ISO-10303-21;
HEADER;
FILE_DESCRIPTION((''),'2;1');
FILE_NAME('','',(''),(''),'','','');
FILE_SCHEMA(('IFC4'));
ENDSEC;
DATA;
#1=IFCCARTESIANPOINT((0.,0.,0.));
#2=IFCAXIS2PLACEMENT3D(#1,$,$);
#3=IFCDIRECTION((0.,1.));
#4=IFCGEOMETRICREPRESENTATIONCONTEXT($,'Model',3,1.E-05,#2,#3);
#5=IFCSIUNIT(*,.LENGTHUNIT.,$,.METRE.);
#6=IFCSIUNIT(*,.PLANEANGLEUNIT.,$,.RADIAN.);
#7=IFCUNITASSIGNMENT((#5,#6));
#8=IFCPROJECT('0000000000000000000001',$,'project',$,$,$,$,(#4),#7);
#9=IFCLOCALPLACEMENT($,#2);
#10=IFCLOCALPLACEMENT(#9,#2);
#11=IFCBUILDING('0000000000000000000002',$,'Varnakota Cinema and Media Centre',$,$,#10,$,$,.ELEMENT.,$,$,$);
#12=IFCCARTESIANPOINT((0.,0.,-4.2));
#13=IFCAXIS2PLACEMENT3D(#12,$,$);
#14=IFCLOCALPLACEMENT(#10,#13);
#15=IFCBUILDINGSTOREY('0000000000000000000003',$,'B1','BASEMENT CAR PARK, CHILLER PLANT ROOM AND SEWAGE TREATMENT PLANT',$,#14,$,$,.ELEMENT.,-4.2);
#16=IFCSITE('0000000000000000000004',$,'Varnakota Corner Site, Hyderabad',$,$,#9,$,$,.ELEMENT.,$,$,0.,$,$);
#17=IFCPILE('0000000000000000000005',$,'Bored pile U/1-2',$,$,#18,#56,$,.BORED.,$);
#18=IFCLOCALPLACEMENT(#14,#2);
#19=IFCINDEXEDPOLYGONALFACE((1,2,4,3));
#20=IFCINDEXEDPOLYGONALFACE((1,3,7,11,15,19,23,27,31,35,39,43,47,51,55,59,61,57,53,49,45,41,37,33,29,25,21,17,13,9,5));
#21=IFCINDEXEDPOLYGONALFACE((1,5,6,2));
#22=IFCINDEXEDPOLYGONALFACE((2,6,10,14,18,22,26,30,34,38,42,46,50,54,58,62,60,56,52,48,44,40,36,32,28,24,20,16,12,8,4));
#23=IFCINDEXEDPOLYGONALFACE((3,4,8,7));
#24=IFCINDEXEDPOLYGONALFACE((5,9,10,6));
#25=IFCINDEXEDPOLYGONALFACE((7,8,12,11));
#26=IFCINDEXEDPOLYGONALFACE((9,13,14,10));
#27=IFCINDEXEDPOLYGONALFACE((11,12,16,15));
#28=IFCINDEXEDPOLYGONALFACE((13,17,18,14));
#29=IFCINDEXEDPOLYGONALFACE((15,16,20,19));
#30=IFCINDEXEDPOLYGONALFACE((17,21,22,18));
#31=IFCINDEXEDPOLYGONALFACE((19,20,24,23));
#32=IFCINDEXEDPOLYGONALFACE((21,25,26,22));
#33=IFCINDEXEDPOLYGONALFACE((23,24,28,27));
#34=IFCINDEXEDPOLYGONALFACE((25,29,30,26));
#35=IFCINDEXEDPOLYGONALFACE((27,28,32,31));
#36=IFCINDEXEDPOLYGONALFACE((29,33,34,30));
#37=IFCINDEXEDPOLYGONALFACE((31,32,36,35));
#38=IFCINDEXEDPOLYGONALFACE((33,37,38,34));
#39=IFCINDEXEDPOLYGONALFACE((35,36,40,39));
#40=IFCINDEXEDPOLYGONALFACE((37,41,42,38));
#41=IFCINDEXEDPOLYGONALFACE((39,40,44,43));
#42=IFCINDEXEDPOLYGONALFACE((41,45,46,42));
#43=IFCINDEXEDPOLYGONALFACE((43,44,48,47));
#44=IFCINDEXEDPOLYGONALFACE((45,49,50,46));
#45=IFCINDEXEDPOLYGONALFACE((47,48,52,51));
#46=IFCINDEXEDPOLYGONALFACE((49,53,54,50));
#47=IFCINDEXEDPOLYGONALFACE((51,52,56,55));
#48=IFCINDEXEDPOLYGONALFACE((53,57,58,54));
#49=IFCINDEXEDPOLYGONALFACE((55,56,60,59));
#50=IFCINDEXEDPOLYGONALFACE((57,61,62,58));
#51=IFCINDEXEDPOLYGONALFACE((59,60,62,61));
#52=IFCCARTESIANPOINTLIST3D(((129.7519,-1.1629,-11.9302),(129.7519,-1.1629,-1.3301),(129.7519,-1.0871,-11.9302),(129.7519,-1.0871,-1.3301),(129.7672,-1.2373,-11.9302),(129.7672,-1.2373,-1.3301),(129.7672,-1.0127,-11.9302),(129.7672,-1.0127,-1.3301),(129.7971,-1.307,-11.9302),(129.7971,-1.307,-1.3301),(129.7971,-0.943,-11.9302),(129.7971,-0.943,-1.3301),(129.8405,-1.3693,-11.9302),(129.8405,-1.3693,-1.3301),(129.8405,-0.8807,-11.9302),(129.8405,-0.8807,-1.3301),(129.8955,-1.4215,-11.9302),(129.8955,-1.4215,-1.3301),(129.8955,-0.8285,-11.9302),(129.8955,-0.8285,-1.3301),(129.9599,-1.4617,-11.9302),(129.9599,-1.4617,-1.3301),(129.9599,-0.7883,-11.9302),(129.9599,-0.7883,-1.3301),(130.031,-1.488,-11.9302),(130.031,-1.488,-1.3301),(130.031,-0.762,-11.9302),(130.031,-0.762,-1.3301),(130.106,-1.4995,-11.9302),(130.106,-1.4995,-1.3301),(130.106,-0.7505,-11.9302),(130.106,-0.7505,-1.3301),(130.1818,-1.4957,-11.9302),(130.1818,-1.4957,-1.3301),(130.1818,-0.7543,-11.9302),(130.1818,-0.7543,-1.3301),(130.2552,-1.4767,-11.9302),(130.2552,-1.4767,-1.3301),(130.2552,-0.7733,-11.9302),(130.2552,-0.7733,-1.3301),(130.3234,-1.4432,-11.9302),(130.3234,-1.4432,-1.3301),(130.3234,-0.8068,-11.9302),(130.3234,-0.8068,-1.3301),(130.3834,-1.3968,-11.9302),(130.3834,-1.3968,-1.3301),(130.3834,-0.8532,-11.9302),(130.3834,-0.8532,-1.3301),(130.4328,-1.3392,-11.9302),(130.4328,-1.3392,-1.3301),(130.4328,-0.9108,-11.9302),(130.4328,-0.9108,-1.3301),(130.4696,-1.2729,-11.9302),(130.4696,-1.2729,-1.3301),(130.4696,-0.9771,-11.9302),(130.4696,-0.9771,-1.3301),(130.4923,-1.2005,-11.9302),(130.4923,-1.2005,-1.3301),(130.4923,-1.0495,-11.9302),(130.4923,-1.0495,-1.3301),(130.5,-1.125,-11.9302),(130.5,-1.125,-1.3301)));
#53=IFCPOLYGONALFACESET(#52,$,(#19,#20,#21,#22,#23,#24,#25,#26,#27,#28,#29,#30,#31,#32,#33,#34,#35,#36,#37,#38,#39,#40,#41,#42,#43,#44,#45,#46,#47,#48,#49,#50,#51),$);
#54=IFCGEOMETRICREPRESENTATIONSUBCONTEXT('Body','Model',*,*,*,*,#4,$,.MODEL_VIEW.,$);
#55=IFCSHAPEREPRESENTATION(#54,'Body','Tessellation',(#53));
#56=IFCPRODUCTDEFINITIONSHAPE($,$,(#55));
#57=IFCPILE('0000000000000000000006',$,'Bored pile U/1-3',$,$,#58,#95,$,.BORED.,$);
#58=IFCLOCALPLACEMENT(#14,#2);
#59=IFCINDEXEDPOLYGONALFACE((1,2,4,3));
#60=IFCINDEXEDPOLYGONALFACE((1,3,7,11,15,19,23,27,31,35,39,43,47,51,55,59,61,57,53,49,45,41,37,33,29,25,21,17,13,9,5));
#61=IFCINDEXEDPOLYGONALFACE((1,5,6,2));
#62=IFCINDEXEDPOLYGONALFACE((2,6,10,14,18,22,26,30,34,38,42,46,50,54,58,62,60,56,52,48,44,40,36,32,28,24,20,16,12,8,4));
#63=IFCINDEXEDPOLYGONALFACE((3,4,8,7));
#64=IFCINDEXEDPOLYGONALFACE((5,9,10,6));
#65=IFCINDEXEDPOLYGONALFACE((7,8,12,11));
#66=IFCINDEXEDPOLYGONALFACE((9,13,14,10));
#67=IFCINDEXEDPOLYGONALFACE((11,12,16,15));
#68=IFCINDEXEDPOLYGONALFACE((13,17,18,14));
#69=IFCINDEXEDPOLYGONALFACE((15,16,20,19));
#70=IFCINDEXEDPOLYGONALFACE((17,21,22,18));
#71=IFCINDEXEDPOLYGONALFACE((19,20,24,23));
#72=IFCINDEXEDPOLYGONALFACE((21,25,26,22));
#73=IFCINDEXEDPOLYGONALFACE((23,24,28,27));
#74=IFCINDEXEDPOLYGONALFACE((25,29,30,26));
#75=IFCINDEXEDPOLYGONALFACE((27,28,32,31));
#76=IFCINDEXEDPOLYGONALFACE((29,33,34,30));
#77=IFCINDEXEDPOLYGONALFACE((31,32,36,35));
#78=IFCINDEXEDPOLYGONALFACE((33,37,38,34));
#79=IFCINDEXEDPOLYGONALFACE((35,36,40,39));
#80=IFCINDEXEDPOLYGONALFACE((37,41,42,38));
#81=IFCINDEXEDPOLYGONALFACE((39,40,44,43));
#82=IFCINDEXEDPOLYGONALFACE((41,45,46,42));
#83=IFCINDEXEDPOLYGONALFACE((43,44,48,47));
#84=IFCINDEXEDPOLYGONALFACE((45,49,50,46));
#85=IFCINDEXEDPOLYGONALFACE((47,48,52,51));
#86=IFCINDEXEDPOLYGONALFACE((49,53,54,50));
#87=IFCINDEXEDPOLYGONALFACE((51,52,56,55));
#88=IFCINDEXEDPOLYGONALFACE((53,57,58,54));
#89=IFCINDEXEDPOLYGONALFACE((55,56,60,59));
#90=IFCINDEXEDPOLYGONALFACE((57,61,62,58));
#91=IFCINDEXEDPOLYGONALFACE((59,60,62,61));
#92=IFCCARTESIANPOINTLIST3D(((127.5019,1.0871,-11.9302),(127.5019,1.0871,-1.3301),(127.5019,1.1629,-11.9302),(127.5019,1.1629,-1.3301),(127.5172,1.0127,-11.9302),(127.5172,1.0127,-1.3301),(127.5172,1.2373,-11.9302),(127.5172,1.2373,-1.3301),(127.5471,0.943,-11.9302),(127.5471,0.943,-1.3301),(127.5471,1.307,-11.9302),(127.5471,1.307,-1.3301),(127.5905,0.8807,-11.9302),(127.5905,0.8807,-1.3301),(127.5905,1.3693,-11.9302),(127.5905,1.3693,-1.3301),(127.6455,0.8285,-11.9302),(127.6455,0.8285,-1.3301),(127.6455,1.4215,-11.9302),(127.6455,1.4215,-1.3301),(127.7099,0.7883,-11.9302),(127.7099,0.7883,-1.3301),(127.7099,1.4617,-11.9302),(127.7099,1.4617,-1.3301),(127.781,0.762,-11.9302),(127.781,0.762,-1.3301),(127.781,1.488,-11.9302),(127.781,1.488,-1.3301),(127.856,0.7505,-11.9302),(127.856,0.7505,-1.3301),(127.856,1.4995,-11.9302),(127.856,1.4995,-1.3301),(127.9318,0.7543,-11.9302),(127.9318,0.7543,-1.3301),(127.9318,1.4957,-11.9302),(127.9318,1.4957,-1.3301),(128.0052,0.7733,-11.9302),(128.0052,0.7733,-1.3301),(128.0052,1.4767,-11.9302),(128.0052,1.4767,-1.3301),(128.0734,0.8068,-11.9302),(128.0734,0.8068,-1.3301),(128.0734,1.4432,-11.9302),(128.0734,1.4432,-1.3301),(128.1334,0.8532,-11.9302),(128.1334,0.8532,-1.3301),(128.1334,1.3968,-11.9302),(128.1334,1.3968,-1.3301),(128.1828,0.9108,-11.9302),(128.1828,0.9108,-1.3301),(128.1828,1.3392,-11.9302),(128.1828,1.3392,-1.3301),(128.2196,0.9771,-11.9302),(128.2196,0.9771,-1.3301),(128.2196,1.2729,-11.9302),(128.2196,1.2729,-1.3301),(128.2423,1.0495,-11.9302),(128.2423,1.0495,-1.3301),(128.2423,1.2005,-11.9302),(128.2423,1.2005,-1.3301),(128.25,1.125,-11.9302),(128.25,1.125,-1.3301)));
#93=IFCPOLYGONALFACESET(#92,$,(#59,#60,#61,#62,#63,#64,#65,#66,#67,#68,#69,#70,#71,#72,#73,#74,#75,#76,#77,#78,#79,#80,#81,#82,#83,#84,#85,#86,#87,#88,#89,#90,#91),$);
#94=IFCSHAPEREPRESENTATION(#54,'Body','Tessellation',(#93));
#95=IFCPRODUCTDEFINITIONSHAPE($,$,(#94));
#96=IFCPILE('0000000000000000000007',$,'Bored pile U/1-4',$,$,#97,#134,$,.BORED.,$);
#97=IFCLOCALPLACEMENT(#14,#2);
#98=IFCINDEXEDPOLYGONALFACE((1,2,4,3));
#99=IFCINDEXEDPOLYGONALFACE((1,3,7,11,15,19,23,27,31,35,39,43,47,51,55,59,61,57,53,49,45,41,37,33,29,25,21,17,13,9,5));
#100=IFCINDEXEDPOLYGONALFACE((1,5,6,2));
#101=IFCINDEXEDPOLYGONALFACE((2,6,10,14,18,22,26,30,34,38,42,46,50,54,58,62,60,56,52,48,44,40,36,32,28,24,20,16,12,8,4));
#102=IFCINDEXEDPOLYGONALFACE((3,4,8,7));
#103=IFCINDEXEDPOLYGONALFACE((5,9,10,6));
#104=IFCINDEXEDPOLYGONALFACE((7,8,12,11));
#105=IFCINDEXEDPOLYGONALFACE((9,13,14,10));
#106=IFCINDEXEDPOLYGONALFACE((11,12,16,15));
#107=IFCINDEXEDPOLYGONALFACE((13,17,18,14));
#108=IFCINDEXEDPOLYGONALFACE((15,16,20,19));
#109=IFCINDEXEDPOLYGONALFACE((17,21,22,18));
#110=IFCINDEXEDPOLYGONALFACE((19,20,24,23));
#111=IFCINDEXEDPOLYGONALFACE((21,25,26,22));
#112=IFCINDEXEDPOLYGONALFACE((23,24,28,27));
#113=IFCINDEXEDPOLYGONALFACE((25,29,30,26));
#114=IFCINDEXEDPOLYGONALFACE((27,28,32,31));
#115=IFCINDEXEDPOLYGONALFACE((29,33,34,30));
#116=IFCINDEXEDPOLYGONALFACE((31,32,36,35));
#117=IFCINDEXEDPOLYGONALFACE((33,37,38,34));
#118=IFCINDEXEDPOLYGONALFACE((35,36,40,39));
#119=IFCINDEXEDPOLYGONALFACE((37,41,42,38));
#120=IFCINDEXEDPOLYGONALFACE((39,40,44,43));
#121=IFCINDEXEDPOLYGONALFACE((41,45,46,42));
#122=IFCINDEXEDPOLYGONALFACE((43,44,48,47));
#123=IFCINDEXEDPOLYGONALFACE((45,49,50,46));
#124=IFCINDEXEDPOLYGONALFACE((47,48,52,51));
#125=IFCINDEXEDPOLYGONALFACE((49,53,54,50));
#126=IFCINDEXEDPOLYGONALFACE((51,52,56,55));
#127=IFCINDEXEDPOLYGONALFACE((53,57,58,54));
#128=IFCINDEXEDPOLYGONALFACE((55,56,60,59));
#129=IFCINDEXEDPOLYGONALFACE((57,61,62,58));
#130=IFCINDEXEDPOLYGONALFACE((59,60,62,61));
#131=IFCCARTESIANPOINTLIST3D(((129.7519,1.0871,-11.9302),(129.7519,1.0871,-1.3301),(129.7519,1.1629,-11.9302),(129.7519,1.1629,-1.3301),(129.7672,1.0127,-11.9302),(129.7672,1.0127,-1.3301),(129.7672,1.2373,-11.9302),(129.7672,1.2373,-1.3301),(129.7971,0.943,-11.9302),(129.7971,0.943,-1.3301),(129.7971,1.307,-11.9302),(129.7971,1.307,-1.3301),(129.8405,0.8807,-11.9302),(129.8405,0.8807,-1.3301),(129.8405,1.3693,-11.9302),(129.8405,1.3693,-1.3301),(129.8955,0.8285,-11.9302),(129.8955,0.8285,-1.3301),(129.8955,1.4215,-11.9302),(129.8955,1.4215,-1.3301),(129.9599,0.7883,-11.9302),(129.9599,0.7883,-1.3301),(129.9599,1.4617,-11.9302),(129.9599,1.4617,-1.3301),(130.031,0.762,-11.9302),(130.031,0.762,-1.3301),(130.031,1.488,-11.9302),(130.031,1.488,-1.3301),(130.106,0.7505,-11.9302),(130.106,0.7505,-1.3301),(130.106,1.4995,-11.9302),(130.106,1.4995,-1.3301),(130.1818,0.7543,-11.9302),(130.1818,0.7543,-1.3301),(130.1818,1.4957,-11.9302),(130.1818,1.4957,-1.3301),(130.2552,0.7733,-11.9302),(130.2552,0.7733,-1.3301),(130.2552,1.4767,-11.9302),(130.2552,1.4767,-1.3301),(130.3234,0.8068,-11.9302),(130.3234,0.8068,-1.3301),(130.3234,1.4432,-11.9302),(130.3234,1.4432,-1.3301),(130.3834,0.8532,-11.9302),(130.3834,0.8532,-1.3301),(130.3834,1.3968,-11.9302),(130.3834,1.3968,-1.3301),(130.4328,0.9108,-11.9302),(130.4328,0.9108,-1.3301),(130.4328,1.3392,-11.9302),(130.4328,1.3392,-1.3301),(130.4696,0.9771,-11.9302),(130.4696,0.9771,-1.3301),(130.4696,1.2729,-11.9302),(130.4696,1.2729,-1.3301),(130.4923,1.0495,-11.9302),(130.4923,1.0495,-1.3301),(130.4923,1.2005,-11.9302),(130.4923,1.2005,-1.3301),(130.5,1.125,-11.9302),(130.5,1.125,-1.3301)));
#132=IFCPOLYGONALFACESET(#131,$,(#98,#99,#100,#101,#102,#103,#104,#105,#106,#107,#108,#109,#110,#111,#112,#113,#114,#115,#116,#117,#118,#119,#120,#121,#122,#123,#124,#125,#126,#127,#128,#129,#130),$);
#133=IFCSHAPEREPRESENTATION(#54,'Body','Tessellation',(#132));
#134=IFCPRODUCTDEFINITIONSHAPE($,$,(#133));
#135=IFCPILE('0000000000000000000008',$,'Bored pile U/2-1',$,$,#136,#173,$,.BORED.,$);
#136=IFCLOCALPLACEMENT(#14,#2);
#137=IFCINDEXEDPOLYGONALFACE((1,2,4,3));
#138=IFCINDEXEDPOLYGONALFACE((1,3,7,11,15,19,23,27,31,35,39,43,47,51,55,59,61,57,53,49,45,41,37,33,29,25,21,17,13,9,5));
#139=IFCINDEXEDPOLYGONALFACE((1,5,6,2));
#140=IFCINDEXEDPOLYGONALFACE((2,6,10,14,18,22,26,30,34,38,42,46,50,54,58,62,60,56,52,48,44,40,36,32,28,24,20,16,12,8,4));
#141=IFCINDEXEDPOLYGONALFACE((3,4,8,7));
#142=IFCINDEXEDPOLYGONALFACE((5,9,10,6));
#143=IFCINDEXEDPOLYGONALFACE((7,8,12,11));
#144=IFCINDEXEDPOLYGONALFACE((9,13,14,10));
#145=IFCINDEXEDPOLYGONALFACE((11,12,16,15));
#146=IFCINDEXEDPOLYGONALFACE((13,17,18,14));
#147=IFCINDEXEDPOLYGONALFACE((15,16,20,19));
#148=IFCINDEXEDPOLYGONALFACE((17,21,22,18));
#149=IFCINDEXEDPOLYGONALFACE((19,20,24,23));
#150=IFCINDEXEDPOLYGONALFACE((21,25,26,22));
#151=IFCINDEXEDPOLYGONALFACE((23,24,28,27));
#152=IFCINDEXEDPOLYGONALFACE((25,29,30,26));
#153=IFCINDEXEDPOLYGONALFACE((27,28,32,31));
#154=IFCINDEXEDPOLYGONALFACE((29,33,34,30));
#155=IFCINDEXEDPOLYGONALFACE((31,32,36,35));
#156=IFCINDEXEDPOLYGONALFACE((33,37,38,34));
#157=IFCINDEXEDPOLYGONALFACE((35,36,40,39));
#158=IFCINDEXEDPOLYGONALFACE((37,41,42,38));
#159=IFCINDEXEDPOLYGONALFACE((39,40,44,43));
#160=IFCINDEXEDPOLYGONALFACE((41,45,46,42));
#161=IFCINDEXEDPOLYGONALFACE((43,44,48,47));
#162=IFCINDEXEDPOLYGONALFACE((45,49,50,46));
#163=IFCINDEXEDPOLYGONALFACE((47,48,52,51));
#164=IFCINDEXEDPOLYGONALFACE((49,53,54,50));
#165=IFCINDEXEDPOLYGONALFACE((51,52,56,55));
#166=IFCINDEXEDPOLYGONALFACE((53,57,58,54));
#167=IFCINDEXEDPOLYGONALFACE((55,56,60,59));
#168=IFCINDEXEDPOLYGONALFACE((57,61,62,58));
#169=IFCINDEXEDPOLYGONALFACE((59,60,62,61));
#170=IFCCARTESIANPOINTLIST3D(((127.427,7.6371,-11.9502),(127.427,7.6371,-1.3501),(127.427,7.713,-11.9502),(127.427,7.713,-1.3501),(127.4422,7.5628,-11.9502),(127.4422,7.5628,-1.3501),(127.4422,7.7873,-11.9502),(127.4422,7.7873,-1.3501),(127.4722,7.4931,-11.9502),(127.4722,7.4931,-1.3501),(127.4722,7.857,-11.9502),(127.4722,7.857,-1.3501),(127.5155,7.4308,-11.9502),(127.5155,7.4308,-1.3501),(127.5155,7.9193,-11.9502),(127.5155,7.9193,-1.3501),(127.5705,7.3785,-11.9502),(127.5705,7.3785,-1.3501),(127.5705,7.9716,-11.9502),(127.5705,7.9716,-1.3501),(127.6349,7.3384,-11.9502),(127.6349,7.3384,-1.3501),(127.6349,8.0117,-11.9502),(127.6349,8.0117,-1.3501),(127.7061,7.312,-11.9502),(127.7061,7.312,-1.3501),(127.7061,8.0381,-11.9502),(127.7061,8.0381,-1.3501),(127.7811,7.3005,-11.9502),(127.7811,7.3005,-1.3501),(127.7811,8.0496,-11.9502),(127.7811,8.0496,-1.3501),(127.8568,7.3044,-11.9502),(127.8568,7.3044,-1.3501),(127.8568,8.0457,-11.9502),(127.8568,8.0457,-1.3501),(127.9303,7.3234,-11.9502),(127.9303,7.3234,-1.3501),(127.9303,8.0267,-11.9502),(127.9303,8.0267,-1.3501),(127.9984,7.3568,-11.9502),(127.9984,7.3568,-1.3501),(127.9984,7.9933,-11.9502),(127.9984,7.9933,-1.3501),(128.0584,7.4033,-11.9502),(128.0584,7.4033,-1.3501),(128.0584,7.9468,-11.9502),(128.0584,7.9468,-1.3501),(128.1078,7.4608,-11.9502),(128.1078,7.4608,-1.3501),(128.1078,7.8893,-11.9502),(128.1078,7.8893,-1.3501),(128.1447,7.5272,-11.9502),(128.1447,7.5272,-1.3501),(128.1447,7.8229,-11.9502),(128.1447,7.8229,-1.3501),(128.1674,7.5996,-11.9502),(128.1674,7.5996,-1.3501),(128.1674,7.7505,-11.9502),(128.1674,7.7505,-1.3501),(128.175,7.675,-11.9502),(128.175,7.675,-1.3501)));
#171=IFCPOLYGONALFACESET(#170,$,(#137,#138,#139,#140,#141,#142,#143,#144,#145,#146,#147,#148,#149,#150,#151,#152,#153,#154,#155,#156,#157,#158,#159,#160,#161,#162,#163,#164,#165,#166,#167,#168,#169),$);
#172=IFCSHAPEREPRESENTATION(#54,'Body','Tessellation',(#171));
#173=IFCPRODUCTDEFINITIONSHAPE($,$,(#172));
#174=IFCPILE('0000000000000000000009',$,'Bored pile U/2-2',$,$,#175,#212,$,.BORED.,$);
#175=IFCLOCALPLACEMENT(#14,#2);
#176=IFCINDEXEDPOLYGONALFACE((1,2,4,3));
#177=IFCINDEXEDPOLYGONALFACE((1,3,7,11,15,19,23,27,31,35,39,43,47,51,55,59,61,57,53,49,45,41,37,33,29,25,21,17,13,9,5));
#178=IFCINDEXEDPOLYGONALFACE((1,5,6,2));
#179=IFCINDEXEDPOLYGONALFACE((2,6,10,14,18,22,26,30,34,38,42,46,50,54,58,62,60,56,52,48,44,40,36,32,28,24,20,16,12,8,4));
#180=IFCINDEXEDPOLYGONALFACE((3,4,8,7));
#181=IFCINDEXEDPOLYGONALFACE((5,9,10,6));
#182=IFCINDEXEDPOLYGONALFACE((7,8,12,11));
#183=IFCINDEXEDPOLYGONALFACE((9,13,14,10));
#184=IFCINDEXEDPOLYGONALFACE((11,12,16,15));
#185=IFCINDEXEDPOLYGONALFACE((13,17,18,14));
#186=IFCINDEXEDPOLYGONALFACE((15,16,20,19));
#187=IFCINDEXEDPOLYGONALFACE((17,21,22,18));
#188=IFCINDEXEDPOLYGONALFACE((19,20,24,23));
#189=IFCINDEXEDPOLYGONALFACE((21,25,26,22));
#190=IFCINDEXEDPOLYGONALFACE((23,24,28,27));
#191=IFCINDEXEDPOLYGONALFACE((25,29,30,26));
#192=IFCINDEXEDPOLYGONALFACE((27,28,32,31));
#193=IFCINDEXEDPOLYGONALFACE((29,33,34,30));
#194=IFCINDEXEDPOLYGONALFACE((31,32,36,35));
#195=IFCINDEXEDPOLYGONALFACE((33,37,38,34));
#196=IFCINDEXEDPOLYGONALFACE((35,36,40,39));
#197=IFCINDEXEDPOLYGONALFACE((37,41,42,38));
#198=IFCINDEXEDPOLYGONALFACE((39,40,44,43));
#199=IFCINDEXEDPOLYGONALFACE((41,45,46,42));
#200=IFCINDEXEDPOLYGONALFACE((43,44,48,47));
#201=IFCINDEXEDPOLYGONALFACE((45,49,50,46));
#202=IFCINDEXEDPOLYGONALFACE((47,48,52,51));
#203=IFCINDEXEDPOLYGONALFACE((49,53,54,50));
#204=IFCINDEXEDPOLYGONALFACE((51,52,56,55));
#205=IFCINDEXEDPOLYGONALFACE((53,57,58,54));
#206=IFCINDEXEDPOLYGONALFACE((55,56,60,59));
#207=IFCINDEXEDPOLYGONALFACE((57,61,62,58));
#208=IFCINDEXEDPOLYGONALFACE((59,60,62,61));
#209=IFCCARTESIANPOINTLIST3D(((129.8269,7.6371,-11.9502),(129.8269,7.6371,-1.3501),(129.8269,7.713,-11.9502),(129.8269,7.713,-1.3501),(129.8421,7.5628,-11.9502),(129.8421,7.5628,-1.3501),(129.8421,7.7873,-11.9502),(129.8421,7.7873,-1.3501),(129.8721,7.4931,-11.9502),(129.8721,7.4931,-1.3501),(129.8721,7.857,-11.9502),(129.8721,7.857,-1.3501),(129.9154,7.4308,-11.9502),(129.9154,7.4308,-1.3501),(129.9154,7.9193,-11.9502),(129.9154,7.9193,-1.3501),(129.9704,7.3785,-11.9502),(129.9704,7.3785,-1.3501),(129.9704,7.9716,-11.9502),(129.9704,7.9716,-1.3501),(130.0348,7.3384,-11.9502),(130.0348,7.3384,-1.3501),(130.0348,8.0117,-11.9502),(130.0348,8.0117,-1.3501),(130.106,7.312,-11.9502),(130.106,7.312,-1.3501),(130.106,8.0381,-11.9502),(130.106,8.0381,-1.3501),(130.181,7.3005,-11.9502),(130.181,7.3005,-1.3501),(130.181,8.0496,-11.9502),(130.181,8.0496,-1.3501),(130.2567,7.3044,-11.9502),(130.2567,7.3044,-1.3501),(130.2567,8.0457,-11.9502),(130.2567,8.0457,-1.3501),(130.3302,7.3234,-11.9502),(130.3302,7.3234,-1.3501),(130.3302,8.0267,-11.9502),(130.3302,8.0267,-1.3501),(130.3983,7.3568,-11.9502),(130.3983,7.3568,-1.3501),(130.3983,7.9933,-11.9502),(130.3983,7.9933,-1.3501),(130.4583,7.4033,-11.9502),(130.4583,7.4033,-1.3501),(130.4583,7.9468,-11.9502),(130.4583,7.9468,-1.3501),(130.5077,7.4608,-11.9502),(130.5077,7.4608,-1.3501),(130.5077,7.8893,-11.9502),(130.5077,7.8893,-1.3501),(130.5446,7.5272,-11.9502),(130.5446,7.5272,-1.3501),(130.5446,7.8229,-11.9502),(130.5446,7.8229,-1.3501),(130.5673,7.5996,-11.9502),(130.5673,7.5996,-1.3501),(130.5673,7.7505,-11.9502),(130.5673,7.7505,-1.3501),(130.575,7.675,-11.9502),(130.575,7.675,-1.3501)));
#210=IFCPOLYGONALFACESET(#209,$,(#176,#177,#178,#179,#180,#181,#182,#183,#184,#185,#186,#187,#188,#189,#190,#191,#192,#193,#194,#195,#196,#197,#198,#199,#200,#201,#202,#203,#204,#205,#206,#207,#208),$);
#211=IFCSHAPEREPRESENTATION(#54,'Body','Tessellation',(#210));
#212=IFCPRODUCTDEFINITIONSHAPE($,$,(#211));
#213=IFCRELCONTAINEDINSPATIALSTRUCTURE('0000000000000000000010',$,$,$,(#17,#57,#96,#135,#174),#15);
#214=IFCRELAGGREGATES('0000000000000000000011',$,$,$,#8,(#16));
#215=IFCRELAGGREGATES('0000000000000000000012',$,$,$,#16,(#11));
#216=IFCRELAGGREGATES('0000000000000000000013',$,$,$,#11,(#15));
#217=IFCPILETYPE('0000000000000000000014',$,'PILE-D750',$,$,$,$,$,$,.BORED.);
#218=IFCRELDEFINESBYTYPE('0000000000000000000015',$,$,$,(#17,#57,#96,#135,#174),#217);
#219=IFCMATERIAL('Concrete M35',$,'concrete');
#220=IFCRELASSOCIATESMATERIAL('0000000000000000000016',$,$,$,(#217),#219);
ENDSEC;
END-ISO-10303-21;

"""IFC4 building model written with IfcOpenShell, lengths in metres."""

from ifc_helpers import new_model, si_unit, direction, frame, origin, origin_2d, place, context, subcontext, project, spatial, circle, extrude, material, material_profile, profile_set, type_object, element, save


model = new_model("IFC4")

# Units and contexts
model_context = context("Model", 3, precision=1e-05, world=origin(), true_north=direction((0.0, 1.0)))
body_context = subcontext(model_context, "Body", "Model", "MODEL_VIEW")
ifc_project = project(units=[si_unit("LENGTHUNIT", "METRE"), si_unit("PLANEANGLEUNIT", "RADIAN")], contexts=[model_context])

# Site, building, storey
site_placement = place(None, origin())
site = spatial("IfcSite", under=ifc_project, at=site_placement, Name="Varnakota Corner Site, Hyderabad", CompositionType="ELEMENT", RefElevation=0.0)
building_placement = place(site_placement, origin())
building = spatial("IfcBuilding", under=site, at=building_placement, Name="Varnakota Cinema and Media Centre", CompositionType="ELEMENT")
storey_placement = place(building_placement, frame((0.0, 0.0, -4.2)))
storey = spatial("IfcBuildingStorey", under=building, at=storey_placement, Name="B1", Description="BASEMENT CAR PARK, CHILLER PLANT ROOM AND SEWAGE TREATMENT PLANT", CompositionType="ELEMENT", Elevation=-4.2)

# Piles
ifc_material_1 = material(Name="Concrete M35", Category="concrete")
ifc_material_profile_1 = material_profile(ifc_material_1, circle(Radius=0.375, at=origin_2d()), Name="PILE D750")
ifc_profile_set_1 = profile_set([ifc_material_profile_1], Name="Concrete M35")
pile_type_1 = type_object("IfcPileType", Name="PILE-D750", PredefinedType="BORED", material=ifc_profile_set_1)
for number, where, z_axis, x_axis, name in (
    (1, (130.125, -1.125, -1.3301), (0.0, 0.0, -1.0), (1.0, 0.0, 0.0), "Bored pile U/1-2"),
    (2, (127.875, 1.125, -1.3301), (0.0, 0.0, -1.0), (1.0, 0.0, 0.0), "Bored pile U/1-3"),
    (3, (130.125, 1.125, -1.3301), (0.0, 0.0, -1.0), (1.0, 0.0, 0.0), "Bored pile U/1-4"),
    (4, (127.8, 7.675, -1.3501), (0.0, 0.0, -1.0), (1.0, 0.0, 0.0), "Bored pile U/2-1"),
    (5, (130.2, 7.675, -1.3501), (0.0, 0.0, -1.0), (1.0, 0.0, 0.0), "Bored pile U/2-2"),
):
    element("IfcPile", number, at=place(storey_placement, frame(where, z_axis=z_axis, x_axis=x_axis)), inside=storey, type_object=pile_type_1, Name=name, PredefinedType="BORED", context=body_context, shape_type="SweptSolid", body=[
        extrude(circle(Radius=0.375, at=origin_2d()), origin(), (0.0, 0.0, 1.0), 10.6001),
    ])

save(model, "model.ifc")
